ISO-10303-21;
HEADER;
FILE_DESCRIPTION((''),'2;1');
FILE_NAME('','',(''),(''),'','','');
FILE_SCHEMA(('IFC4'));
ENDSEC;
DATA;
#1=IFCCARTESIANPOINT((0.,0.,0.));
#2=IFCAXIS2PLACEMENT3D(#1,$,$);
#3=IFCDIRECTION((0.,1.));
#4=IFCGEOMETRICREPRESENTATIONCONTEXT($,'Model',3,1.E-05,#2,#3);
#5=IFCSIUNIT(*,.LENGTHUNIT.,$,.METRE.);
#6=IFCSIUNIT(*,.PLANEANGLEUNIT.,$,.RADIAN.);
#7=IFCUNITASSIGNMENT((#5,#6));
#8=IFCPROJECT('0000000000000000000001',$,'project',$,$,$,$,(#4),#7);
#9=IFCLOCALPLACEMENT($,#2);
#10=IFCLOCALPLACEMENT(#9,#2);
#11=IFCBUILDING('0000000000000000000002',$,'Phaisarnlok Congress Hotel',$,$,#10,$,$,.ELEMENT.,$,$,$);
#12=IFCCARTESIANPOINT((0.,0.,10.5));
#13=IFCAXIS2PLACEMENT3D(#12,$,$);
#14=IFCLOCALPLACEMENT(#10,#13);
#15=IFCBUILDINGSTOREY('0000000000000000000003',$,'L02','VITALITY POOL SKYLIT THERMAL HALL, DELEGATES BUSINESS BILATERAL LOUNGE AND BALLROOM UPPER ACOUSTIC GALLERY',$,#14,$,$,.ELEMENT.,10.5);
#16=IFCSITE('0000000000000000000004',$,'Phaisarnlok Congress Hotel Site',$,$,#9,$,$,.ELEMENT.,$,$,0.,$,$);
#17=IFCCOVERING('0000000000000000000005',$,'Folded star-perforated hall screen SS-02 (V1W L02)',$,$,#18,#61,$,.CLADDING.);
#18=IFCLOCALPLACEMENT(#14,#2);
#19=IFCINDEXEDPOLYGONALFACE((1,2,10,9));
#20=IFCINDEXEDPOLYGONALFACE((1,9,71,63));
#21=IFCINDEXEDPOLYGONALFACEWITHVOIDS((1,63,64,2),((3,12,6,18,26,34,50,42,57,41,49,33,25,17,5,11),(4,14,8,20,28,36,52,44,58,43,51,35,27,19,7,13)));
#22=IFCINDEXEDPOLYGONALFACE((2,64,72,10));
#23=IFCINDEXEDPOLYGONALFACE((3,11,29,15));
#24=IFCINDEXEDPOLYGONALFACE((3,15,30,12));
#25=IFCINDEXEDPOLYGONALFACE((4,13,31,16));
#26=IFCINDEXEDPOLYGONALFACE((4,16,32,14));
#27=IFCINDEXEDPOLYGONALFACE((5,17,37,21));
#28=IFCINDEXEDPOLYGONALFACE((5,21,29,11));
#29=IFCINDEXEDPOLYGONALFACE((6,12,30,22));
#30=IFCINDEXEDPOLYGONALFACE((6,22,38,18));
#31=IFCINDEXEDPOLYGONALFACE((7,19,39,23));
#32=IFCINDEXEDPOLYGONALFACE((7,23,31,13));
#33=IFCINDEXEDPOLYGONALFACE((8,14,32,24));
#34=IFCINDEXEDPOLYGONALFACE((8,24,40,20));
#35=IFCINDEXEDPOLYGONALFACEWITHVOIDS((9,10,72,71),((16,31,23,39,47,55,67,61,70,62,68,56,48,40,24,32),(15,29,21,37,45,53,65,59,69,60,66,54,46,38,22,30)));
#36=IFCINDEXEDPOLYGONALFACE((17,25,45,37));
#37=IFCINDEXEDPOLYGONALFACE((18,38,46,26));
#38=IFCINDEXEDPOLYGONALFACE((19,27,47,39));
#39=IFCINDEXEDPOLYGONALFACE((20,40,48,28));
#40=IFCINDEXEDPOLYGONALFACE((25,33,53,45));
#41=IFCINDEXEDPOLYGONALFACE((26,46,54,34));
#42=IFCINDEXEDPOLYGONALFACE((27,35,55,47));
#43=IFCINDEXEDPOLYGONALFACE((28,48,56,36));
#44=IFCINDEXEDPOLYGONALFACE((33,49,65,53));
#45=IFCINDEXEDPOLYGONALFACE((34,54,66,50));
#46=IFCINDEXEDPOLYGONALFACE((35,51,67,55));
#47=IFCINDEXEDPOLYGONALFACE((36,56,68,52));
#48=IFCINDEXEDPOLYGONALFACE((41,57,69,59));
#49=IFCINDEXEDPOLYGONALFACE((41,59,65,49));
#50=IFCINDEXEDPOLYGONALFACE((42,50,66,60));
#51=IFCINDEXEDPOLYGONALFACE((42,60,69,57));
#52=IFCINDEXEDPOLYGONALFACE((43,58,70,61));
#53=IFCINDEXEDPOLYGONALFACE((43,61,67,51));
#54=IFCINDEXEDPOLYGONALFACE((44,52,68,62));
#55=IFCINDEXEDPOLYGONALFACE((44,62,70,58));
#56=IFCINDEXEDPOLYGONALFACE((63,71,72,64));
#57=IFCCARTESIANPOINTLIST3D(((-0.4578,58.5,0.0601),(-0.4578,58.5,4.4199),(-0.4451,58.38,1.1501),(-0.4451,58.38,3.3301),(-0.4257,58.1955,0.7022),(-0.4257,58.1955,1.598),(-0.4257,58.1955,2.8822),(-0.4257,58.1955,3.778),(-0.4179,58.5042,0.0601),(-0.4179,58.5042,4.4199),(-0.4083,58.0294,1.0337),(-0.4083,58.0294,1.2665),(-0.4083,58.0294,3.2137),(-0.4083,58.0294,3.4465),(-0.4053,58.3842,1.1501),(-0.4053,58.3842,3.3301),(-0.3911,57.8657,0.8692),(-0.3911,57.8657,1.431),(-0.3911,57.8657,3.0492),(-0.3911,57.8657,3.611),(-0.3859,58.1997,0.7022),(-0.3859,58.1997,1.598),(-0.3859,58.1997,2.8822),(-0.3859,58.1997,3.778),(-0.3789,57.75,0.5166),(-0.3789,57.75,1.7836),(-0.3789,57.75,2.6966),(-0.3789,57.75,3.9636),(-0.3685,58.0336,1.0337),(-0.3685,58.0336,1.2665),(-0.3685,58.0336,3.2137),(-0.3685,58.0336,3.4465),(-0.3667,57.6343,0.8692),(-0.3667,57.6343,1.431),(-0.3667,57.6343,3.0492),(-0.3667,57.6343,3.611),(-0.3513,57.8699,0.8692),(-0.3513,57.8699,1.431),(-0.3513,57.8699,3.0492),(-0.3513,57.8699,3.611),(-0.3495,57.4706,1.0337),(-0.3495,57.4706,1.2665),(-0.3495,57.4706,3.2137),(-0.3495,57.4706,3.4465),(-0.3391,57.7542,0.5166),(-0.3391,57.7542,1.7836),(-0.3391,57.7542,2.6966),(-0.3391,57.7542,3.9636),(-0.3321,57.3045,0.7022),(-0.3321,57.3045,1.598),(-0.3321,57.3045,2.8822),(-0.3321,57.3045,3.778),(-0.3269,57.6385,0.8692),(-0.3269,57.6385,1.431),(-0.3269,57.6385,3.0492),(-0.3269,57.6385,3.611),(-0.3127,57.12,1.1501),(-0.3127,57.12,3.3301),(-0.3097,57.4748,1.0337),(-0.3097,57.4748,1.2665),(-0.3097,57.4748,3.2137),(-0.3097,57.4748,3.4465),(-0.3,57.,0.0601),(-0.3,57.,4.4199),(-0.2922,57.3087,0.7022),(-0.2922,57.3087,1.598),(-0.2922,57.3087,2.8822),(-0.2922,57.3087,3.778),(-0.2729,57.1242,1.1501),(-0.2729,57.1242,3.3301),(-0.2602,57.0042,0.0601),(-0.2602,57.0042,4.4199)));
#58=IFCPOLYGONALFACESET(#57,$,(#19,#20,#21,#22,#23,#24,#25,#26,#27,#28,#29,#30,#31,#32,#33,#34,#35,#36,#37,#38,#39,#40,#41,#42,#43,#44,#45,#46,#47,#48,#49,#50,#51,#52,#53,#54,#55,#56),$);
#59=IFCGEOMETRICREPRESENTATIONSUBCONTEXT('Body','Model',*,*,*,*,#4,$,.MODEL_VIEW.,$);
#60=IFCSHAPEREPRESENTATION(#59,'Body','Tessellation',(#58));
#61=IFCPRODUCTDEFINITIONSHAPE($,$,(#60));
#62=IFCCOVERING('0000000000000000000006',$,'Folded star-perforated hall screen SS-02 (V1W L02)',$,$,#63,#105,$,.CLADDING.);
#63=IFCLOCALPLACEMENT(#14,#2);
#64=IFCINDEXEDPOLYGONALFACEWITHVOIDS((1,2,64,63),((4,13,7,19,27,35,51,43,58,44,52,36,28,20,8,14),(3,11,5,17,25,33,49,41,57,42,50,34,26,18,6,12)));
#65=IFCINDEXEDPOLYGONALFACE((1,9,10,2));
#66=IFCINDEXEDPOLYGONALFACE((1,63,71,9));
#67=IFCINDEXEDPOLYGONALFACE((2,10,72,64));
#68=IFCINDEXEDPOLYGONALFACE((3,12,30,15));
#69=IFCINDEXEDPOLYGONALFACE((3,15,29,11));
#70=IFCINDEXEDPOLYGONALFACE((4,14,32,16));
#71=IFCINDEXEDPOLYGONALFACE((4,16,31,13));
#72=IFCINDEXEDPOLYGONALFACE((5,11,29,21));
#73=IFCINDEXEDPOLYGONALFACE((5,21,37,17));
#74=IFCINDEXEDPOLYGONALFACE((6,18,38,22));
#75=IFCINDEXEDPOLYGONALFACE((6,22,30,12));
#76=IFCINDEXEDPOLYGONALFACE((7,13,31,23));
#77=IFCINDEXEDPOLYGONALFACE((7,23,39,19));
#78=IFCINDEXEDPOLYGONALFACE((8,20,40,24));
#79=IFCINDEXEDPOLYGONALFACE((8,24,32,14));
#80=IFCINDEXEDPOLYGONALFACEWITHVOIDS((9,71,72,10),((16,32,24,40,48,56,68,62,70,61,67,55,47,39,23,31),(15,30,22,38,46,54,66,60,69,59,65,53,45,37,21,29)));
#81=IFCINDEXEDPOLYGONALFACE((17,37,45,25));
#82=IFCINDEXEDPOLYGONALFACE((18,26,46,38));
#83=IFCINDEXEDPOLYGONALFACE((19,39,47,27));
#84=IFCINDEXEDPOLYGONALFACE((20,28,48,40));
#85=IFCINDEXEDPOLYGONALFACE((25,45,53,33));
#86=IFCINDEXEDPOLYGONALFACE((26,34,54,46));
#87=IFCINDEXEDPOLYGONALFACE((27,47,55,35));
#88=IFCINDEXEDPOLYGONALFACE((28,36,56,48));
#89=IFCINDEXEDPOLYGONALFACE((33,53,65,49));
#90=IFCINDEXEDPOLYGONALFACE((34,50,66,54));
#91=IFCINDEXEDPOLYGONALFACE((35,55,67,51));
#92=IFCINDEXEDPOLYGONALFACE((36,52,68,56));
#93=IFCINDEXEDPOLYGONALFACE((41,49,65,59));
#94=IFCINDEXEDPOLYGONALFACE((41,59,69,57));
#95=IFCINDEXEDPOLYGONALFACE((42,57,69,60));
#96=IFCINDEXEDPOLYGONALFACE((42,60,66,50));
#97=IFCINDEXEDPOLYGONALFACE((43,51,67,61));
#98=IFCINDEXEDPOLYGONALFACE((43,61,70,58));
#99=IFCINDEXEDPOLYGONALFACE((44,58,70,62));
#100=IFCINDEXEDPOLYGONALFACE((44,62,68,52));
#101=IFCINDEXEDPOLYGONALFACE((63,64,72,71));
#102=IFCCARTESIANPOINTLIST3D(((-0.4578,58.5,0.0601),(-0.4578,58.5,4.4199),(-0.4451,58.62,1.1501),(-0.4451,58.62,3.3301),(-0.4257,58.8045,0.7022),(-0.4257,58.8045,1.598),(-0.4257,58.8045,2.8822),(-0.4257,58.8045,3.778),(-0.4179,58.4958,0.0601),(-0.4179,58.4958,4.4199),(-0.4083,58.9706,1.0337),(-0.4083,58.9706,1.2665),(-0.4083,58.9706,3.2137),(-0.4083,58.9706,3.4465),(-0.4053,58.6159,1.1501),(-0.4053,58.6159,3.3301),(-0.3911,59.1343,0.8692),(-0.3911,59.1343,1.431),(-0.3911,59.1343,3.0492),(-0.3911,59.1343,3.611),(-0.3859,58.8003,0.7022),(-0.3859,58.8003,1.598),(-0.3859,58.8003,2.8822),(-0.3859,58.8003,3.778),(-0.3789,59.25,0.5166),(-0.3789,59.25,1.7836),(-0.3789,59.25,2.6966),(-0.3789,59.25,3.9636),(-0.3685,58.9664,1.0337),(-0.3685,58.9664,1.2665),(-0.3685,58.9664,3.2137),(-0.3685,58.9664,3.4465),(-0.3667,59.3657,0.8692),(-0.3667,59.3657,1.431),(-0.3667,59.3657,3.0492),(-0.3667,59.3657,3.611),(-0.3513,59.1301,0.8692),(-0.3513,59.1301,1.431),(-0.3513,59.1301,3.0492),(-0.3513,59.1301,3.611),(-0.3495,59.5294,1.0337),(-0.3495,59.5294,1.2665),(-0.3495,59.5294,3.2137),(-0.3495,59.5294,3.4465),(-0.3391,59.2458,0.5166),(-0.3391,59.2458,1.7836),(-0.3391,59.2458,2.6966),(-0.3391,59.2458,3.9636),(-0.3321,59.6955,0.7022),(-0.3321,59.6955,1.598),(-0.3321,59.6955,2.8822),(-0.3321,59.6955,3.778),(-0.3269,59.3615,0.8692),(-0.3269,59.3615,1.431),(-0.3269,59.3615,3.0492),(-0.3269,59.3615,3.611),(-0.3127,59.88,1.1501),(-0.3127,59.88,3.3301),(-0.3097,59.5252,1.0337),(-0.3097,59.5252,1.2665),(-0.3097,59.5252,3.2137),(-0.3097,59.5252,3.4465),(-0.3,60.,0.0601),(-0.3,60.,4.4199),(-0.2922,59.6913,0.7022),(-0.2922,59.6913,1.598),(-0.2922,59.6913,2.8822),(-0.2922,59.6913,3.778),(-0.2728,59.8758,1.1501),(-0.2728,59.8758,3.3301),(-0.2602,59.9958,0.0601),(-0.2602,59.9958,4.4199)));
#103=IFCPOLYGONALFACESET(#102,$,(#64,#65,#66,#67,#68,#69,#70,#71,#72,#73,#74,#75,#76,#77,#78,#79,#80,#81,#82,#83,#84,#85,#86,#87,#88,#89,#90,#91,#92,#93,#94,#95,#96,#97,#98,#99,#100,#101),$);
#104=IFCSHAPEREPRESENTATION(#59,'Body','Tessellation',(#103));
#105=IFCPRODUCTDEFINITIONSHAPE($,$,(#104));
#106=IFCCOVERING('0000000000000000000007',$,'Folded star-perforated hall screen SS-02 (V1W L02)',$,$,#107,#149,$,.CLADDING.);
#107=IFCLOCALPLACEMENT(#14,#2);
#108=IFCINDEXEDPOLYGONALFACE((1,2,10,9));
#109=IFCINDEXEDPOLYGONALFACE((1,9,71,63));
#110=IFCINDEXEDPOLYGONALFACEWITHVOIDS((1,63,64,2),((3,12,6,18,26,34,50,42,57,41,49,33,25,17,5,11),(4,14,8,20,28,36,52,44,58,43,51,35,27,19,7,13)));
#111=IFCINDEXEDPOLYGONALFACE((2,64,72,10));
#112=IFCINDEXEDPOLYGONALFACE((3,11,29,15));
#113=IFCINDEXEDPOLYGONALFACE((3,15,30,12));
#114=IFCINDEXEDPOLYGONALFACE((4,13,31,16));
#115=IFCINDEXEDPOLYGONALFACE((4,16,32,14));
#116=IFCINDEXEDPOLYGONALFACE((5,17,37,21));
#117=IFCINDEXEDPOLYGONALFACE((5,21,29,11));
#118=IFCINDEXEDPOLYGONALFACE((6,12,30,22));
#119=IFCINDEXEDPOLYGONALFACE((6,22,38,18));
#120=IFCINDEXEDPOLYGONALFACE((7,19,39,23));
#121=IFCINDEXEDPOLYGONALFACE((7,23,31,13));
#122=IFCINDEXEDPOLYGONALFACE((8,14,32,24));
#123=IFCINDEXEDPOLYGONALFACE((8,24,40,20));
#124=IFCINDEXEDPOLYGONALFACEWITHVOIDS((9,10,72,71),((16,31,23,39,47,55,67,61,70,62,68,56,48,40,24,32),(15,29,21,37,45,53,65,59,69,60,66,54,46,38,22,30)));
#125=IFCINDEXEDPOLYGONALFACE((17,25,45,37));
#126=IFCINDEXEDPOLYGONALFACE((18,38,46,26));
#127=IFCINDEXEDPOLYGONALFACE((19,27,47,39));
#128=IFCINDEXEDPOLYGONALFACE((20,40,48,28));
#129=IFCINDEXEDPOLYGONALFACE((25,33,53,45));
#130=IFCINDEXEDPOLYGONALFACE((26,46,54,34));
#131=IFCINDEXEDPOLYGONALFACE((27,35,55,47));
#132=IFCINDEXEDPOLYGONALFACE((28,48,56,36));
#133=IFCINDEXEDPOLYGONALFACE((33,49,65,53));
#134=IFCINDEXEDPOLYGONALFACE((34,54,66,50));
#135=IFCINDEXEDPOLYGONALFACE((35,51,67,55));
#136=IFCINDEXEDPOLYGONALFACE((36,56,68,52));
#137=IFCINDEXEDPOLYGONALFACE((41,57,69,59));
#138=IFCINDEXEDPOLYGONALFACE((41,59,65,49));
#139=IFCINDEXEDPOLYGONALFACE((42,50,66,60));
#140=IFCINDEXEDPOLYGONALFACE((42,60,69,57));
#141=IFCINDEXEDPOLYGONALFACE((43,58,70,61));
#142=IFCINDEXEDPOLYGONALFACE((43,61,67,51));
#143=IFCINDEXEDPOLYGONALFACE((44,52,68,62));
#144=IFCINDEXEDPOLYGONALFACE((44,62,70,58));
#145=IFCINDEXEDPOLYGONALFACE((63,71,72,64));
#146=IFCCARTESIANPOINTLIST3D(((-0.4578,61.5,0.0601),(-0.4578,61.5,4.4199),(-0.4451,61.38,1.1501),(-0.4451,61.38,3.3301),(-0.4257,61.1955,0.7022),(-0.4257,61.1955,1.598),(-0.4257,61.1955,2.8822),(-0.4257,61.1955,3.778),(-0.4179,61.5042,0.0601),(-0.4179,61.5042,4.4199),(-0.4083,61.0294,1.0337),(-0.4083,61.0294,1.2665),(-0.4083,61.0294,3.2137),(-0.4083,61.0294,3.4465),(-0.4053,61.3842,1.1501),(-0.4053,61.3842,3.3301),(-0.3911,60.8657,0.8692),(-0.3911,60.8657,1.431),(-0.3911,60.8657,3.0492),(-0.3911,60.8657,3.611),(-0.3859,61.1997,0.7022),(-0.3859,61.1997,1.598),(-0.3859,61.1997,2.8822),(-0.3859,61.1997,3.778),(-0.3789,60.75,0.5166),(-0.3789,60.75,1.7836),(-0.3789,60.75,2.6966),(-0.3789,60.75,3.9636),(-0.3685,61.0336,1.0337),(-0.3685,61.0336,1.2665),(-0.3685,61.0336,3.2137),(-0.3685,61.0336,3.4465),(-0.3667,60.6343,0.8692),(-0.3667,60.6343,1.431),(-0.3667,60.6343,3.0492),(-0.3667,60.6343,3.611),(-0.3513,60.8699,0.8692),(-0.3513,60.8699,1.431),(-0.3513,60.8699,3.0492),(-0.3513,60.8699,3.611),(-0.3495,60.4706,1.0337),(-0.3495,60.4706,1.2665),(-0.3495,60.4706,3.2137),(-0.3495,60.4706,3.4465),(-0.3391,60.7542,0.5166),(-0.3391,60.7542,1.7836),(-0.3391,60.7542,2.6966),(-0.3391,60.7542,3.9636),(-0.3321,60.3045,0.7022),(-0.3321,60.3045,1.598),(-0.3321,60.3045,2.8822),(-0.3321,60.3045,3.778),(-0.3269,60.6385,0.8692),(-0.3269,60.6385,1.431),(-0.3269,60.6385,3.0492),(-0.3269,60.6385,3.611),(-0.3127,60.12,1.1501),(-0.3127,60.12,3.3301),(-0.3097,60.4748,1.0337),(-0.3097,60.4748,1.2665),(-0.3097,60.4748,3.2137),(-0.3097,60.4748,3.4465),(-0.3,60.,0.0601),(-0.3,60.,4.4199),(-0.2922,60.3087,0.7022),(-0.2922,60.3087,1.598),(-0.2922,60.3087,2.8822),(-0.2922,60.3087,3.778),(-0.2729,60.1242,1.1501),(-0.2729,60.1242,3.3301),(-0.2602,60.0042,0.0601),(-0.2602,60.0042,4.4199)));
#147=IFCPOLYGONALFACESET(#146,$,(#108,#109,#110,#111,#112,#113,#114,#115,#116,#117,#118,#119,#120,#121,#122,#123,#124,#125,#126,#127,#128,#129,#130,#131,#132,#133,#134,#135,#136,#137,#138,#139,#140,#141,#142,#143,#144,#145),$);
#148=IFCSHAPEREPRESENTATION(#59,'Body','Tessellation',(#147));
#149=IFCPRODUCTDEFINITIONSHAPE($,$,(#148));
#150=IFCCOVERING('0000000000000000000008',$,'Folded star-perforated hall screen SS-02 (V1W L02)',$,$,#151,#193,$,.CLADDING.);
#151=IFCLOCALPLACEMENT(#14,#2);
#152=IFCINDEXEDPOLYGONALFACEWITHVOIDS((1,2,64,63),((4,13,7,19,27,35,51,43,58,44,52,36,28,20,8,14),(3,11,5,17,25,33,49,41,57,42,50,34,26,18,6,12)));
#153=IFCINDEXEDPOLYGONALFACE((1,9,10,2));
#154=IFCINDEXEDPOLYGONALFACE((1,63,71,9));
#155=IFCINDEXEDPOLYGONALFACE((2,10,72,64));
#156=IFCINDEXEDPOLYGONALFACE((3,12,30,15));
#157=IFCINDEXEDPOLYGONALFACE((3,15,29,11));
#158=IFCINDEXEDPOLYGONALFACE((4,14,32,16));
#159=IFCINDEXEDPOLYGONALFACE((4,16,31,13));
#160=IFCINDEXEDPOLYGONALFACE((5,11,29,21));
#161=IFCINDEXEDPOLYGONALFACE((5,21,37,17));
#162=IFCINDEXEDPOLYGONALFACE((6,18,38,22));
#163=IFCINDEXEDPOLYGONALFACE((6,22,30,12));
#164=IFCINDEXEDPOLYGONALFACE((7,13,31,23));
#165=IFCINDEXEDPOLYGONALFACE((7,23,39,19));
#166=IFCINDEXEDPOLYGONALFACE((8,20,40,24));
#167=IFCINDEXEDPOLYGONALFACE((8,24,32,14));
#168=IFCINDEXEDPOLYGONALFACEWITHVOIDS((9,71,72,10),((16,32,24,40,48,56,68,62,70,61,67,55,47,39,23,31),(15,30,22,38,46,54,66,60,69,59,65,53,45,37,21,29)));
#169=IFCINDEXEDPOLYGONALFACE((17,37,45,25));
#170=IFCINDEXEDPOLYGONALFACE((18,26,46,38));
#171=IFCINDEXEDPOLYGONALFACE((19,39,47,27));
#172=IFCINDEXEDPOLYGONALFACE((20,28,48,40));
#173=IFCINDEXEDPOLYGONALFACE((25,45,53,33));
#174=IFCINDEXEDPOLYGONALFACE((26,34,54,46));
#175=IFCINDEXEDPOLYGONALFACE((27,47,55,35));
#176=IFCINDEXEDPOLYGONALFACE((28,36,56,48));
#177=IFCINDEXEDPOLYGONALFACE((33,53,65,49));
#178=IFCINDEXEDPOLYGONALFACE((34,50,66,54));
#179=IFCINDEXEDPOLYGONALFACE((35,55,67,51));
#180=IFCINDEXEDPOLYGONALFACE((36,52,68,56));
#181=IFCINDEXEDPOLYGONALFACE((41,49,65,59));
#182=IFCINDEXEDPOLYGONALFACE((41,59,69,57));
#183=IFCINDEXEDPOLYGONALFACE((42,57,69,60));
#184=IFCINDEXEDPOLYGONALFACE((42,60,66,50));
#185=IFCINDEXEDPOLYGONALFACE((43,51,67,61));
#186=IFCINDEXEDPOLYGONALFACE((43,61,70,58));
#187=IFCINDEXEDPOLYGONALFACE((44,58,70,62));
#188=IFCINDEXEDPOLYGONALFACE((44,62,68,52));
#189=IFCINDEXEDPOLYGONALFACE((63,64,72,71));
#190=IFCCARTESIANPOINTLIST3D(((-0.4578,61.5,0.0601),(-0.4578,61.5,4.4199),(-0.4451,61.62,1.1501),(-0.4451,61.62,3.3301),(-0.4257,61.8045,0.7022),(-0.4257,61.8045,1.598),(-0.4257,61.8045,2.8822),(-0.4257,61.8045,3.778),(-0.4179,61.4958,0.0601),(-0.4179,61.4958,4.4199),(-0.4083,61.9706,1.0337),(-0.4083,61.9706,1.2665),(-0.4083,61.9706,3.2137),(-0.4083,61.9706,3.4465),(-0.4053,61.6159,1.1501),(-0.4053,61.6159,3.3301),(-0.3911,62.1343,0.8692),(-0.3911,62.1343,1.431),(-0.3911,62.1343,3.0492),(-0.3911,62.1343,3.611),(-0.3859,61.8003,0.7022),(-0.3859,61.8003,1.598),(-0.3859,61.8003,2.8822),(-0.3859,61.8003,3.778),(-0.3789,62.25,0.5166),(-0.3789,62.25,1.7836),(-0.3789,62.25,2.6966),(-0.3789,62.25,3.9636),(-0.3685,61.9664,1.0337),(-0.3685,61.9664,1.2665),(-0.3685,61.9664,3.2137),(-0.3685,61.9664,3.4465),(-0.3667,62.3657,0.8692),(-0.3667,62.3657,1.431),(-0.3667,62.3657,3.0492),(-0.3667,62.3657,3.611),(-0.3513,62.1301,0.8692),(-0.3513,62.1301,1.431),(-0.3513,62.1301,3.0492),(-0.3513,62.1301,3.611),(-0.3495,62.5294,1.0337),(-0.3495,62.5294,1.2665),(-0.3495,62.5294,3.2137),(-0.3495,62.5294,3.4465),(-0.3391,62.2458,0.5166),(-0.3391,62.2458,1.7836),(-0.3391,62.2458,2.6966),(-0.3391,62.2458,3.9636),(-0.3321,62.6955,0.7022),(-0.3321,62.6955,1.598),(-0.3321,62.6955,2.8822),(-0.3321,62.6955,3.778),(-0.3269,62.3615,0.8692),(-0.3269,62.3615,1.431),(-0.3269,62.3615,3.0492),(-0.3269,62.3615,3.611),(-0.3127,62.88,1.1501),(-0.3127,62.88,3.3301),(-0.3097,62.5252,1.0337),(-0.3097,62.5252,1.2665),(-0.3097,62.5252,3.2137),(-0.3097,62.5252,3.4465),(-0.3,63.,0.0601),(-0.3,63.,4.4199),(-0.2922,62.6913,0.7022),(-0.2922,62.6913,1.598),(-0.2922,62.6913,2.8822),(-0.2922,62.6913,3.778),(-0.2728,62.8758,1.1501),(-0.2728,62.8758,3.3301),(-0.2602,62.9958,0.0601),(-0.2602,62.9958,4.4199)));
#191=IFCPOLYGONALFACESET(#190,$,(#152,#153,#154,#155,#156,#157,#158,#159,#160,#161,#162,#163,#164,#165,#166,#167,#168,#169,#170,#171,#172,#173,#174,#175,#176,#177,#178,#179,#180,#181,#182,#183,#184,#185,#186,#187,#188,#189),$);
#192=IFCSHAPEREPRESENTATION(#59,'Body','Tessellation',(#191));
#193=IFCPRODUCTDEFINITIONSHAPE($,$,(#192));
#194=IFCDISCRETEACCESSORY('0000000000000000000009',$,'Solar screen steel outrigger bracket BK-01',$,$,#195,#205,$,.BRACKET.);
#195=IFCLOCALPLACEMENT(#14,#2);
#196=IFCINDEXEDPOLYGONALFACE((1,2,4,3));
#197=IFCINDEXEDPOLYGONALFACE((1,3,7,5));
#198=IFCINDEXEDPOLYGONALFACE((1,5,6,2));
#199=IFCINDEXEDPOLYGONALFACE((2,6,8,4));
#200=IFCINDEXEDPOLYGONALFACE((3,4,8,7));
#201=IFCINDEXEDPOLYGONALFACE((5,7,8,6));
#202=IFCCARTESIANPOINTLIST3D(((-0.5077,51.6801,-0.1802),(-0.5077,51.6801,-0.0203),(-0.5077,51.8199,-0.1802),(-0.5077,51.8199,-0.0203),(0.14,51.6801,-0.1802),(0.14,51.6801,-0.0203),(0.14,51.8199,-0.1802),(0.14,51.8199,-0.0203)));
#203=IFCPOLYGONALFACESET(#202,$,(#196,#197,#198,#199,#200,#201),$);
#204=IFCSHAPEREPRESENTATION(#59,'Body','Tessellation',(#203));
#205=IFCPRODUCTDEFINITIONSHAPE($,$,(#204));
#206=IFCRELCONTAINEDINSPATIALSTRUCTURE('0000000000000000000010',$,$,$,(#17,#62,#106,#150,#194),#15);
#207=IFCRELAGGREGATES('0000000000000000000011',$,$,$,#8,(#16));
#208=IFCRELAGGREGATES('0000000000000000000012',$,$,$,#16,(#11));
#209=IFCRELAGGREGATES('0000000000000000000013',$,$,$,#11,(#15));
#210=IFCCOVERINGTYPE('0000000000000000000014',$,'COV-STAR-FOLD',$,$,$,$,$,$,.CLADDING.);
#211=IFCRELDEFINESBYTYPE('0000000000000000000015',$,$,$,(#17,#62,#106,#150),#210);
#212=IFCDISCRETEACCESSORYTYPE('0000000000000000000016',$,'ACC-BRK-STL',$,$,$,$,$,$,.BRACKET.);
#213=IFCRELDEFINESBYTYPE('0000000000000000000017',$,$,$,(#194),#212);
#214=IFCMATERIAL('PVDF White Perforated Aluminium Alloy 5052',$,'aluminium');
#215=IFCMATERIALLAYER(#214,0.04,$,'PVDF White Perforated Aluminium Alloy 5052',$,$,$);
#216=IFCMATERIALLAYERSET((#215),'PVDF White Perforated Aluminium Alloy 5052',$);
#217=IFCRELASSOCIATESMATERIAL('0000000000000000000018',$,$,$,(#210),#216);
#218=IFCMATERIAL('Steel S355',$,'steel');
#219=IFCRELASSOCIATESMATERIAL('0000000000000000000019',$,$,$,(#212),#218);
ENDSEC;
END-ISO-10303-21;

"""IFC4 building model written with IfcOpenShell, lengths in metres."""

from ifc_helpers import new_model, si_unit, direction, frame, origin, origin_2d, place, context, subcontext, project, spatial, polyline, rectangle, outline, extrude, material, layer, layer_set, type_object, element, save


model = new_model("IFC4")

# Units and contexts
model_context = context("Model", 3, precision=1e-05, world=origin(), true_north=direction((0.0, 1.0)))
body_context = subcontext(model_context, "Body", "Model", "MODEL_VIEW")
ifc_project = project(units=[si_unit("LENGTHUNIT", "METRE"), si_unit("PLANEANGLEUNIT", "RADIAN")], contexts=[model_context])

# Site, building, storey
site_placement = place(None, origin())
site = spatial("IfcSite", under=ifc_project, at=site_placement, Name="Phaisarnlok Congress Hotel Site", CompositionType="ELEMENT", RefElevation=0.0)
building_placement = place(site_placement, origin())
building = spatial("IfcBuilding", under=site, at=building_placement, Name="Phaisarnlok Congress Hotel", CompositionType="ELEMENT")
storey_placement = place(building_placement, frame((0.0, 0.0, 10.5)))
storey = spatial("IfcBuildingStorey", under=building, at=storey_placement, Name="L02", Description="VITALITY POOL SKYLIT THERMAL HALL, DELEGATES BUSINESS BILATERAL LOUNGE AND BALLROOM UPPER ACOUSTIC GALLERY", CompositionType="ELEMENT", Elevation=10.5)

# Coverings
ifc_material_1 = material(Name="PVDF White Perforated Aluminium Alloy 5052", Category="aluminium")
ifc_layer = layer(ifc_material_1, 0.04, Name="PVDF White Perforated Aluminium Alloy 5052")
ifc_layer_set = layer_set([ifc_layer], Name="PVDF White Perforated Aluminium Alloy 5052")
covering_type = type_object("IfcCoveringType", Name="COV-STAR-FOLD", PredefinedType="CLADDING", material=ifc_layer_set)
for number, where, z_axis, x_axis, name in (
    (1, (-0.3, 57.0, 0.0601), (0.994518, 0.104567, 0.0), (-0.104567, 0.994518, 0.0), "Folded star-perforated hall screen SS-02 (V1W L02)"),
    (2, (-0.4578, 58.5, 0.0601), (0.994518, -0.104567, 0.0), (0.104567, 0.994518, 0.0), "Folded star-perforated hall screen SS-02 (V1W L02)"),
    (3, (-0.3, 60.0, 0.0601), (0.994518, 0.104567, 0.0), (-0.104567, 0.994518, 0.0), "Folded star-perforated hall screen SS-02 (V1W L02)"),
    (4, (-0.4578, 61.5, 0.0601), (0.994518, -0.104567, 0.0), (0.104567, 0.994518, 0.0), "Folded star-perforated hall screen SS-02 (V1W L02)"),
):
    element("IfcCovering", number, at=place(storey_placement, frame(where, z_axis=z_axis, x_axis=x_axis)), inside=storey, type_object=covering_type, Name=name, PredefinedType="CLADDING", context=body_context, shape_type="SweptSolid", body=[
        extrude(outline(polyline([(0.0, 0.0), (1.5083, 0.0), (1.5083, 4.3599), (0.0, 4.3599), (0.0, 0.0)]), holes=[polyline([(1.0351, 0.9736), (1.2021, 0.6421), (0.8705, 0.8091), (0.7541, 0.4565), (0.6378, 0.8091), (0.3062, 0.6421), (0.4732, 0.9736), (0.1207, 1.09), (0.4732, 1.2064), (0.3062, 1.5379), (0.6378, 1.3709), (0.7541, 1.7235), (0.8705, 1.3709), (1.2021, 1.5379), (1.0351, 1.2064), (1.3876, 1.09), (1.0351, 0.9736)]), polyline([(1.0351, 3.1536), (1.2021, 2.8221), (0.8705, 2.9891), (0.7541, 2.6365), (0.6378, 2.9891), (0.3062, 2.8221), (0.4732, 3.1536), (0.1207, 3.27), (0.4732, 3.3864), (0.3062, 3.7179), (0.6378, 3.5509), (0.7541, 3.9035), (0.8705, 3.5509), (1.2021, 3.7179), (1.0351, 3.3864), (1.3876, 3.27), (1.0351, 3.1536)])]), origin(), (0.0, 0.0, 1.0), 0.04),
    ])

# Discrete accessory
ifc_material_2 = material(Name="Steel S355", Category="steel")
discrete_accessory_type = type_object("IfcDiscreteAccessoryType", Name="ACC-BRK-STL", PredefinedType="BRACKET", material=ifc_material_2)
for number, where, z_axis, x_axis, name in (
    (5, (-0.1838, 51.75, -0.1802), (0.0, 0.0, 1.0), (1.0, 0.0, 0.0), "Solar screen steel outrigger bracket BK-01"),
):
    element("IfcDiscreteAccessory", number, at=place(storey_placement, frame(where, z_axis=z_axis, x_axis=x_axis)), inside=storey, type_object=discrete_accessory_type, Name=name, PredefinedType="BRACKET", context=body_context, shape_type="SweptSolid", body=[
        extrude(rectangle(XDim=0.6477, YDim=0.1399, at=origin_2d()), origin(), (0.0, 0.0, 1.0), 0.1599),
    ])

save(model, "model.ifc")
